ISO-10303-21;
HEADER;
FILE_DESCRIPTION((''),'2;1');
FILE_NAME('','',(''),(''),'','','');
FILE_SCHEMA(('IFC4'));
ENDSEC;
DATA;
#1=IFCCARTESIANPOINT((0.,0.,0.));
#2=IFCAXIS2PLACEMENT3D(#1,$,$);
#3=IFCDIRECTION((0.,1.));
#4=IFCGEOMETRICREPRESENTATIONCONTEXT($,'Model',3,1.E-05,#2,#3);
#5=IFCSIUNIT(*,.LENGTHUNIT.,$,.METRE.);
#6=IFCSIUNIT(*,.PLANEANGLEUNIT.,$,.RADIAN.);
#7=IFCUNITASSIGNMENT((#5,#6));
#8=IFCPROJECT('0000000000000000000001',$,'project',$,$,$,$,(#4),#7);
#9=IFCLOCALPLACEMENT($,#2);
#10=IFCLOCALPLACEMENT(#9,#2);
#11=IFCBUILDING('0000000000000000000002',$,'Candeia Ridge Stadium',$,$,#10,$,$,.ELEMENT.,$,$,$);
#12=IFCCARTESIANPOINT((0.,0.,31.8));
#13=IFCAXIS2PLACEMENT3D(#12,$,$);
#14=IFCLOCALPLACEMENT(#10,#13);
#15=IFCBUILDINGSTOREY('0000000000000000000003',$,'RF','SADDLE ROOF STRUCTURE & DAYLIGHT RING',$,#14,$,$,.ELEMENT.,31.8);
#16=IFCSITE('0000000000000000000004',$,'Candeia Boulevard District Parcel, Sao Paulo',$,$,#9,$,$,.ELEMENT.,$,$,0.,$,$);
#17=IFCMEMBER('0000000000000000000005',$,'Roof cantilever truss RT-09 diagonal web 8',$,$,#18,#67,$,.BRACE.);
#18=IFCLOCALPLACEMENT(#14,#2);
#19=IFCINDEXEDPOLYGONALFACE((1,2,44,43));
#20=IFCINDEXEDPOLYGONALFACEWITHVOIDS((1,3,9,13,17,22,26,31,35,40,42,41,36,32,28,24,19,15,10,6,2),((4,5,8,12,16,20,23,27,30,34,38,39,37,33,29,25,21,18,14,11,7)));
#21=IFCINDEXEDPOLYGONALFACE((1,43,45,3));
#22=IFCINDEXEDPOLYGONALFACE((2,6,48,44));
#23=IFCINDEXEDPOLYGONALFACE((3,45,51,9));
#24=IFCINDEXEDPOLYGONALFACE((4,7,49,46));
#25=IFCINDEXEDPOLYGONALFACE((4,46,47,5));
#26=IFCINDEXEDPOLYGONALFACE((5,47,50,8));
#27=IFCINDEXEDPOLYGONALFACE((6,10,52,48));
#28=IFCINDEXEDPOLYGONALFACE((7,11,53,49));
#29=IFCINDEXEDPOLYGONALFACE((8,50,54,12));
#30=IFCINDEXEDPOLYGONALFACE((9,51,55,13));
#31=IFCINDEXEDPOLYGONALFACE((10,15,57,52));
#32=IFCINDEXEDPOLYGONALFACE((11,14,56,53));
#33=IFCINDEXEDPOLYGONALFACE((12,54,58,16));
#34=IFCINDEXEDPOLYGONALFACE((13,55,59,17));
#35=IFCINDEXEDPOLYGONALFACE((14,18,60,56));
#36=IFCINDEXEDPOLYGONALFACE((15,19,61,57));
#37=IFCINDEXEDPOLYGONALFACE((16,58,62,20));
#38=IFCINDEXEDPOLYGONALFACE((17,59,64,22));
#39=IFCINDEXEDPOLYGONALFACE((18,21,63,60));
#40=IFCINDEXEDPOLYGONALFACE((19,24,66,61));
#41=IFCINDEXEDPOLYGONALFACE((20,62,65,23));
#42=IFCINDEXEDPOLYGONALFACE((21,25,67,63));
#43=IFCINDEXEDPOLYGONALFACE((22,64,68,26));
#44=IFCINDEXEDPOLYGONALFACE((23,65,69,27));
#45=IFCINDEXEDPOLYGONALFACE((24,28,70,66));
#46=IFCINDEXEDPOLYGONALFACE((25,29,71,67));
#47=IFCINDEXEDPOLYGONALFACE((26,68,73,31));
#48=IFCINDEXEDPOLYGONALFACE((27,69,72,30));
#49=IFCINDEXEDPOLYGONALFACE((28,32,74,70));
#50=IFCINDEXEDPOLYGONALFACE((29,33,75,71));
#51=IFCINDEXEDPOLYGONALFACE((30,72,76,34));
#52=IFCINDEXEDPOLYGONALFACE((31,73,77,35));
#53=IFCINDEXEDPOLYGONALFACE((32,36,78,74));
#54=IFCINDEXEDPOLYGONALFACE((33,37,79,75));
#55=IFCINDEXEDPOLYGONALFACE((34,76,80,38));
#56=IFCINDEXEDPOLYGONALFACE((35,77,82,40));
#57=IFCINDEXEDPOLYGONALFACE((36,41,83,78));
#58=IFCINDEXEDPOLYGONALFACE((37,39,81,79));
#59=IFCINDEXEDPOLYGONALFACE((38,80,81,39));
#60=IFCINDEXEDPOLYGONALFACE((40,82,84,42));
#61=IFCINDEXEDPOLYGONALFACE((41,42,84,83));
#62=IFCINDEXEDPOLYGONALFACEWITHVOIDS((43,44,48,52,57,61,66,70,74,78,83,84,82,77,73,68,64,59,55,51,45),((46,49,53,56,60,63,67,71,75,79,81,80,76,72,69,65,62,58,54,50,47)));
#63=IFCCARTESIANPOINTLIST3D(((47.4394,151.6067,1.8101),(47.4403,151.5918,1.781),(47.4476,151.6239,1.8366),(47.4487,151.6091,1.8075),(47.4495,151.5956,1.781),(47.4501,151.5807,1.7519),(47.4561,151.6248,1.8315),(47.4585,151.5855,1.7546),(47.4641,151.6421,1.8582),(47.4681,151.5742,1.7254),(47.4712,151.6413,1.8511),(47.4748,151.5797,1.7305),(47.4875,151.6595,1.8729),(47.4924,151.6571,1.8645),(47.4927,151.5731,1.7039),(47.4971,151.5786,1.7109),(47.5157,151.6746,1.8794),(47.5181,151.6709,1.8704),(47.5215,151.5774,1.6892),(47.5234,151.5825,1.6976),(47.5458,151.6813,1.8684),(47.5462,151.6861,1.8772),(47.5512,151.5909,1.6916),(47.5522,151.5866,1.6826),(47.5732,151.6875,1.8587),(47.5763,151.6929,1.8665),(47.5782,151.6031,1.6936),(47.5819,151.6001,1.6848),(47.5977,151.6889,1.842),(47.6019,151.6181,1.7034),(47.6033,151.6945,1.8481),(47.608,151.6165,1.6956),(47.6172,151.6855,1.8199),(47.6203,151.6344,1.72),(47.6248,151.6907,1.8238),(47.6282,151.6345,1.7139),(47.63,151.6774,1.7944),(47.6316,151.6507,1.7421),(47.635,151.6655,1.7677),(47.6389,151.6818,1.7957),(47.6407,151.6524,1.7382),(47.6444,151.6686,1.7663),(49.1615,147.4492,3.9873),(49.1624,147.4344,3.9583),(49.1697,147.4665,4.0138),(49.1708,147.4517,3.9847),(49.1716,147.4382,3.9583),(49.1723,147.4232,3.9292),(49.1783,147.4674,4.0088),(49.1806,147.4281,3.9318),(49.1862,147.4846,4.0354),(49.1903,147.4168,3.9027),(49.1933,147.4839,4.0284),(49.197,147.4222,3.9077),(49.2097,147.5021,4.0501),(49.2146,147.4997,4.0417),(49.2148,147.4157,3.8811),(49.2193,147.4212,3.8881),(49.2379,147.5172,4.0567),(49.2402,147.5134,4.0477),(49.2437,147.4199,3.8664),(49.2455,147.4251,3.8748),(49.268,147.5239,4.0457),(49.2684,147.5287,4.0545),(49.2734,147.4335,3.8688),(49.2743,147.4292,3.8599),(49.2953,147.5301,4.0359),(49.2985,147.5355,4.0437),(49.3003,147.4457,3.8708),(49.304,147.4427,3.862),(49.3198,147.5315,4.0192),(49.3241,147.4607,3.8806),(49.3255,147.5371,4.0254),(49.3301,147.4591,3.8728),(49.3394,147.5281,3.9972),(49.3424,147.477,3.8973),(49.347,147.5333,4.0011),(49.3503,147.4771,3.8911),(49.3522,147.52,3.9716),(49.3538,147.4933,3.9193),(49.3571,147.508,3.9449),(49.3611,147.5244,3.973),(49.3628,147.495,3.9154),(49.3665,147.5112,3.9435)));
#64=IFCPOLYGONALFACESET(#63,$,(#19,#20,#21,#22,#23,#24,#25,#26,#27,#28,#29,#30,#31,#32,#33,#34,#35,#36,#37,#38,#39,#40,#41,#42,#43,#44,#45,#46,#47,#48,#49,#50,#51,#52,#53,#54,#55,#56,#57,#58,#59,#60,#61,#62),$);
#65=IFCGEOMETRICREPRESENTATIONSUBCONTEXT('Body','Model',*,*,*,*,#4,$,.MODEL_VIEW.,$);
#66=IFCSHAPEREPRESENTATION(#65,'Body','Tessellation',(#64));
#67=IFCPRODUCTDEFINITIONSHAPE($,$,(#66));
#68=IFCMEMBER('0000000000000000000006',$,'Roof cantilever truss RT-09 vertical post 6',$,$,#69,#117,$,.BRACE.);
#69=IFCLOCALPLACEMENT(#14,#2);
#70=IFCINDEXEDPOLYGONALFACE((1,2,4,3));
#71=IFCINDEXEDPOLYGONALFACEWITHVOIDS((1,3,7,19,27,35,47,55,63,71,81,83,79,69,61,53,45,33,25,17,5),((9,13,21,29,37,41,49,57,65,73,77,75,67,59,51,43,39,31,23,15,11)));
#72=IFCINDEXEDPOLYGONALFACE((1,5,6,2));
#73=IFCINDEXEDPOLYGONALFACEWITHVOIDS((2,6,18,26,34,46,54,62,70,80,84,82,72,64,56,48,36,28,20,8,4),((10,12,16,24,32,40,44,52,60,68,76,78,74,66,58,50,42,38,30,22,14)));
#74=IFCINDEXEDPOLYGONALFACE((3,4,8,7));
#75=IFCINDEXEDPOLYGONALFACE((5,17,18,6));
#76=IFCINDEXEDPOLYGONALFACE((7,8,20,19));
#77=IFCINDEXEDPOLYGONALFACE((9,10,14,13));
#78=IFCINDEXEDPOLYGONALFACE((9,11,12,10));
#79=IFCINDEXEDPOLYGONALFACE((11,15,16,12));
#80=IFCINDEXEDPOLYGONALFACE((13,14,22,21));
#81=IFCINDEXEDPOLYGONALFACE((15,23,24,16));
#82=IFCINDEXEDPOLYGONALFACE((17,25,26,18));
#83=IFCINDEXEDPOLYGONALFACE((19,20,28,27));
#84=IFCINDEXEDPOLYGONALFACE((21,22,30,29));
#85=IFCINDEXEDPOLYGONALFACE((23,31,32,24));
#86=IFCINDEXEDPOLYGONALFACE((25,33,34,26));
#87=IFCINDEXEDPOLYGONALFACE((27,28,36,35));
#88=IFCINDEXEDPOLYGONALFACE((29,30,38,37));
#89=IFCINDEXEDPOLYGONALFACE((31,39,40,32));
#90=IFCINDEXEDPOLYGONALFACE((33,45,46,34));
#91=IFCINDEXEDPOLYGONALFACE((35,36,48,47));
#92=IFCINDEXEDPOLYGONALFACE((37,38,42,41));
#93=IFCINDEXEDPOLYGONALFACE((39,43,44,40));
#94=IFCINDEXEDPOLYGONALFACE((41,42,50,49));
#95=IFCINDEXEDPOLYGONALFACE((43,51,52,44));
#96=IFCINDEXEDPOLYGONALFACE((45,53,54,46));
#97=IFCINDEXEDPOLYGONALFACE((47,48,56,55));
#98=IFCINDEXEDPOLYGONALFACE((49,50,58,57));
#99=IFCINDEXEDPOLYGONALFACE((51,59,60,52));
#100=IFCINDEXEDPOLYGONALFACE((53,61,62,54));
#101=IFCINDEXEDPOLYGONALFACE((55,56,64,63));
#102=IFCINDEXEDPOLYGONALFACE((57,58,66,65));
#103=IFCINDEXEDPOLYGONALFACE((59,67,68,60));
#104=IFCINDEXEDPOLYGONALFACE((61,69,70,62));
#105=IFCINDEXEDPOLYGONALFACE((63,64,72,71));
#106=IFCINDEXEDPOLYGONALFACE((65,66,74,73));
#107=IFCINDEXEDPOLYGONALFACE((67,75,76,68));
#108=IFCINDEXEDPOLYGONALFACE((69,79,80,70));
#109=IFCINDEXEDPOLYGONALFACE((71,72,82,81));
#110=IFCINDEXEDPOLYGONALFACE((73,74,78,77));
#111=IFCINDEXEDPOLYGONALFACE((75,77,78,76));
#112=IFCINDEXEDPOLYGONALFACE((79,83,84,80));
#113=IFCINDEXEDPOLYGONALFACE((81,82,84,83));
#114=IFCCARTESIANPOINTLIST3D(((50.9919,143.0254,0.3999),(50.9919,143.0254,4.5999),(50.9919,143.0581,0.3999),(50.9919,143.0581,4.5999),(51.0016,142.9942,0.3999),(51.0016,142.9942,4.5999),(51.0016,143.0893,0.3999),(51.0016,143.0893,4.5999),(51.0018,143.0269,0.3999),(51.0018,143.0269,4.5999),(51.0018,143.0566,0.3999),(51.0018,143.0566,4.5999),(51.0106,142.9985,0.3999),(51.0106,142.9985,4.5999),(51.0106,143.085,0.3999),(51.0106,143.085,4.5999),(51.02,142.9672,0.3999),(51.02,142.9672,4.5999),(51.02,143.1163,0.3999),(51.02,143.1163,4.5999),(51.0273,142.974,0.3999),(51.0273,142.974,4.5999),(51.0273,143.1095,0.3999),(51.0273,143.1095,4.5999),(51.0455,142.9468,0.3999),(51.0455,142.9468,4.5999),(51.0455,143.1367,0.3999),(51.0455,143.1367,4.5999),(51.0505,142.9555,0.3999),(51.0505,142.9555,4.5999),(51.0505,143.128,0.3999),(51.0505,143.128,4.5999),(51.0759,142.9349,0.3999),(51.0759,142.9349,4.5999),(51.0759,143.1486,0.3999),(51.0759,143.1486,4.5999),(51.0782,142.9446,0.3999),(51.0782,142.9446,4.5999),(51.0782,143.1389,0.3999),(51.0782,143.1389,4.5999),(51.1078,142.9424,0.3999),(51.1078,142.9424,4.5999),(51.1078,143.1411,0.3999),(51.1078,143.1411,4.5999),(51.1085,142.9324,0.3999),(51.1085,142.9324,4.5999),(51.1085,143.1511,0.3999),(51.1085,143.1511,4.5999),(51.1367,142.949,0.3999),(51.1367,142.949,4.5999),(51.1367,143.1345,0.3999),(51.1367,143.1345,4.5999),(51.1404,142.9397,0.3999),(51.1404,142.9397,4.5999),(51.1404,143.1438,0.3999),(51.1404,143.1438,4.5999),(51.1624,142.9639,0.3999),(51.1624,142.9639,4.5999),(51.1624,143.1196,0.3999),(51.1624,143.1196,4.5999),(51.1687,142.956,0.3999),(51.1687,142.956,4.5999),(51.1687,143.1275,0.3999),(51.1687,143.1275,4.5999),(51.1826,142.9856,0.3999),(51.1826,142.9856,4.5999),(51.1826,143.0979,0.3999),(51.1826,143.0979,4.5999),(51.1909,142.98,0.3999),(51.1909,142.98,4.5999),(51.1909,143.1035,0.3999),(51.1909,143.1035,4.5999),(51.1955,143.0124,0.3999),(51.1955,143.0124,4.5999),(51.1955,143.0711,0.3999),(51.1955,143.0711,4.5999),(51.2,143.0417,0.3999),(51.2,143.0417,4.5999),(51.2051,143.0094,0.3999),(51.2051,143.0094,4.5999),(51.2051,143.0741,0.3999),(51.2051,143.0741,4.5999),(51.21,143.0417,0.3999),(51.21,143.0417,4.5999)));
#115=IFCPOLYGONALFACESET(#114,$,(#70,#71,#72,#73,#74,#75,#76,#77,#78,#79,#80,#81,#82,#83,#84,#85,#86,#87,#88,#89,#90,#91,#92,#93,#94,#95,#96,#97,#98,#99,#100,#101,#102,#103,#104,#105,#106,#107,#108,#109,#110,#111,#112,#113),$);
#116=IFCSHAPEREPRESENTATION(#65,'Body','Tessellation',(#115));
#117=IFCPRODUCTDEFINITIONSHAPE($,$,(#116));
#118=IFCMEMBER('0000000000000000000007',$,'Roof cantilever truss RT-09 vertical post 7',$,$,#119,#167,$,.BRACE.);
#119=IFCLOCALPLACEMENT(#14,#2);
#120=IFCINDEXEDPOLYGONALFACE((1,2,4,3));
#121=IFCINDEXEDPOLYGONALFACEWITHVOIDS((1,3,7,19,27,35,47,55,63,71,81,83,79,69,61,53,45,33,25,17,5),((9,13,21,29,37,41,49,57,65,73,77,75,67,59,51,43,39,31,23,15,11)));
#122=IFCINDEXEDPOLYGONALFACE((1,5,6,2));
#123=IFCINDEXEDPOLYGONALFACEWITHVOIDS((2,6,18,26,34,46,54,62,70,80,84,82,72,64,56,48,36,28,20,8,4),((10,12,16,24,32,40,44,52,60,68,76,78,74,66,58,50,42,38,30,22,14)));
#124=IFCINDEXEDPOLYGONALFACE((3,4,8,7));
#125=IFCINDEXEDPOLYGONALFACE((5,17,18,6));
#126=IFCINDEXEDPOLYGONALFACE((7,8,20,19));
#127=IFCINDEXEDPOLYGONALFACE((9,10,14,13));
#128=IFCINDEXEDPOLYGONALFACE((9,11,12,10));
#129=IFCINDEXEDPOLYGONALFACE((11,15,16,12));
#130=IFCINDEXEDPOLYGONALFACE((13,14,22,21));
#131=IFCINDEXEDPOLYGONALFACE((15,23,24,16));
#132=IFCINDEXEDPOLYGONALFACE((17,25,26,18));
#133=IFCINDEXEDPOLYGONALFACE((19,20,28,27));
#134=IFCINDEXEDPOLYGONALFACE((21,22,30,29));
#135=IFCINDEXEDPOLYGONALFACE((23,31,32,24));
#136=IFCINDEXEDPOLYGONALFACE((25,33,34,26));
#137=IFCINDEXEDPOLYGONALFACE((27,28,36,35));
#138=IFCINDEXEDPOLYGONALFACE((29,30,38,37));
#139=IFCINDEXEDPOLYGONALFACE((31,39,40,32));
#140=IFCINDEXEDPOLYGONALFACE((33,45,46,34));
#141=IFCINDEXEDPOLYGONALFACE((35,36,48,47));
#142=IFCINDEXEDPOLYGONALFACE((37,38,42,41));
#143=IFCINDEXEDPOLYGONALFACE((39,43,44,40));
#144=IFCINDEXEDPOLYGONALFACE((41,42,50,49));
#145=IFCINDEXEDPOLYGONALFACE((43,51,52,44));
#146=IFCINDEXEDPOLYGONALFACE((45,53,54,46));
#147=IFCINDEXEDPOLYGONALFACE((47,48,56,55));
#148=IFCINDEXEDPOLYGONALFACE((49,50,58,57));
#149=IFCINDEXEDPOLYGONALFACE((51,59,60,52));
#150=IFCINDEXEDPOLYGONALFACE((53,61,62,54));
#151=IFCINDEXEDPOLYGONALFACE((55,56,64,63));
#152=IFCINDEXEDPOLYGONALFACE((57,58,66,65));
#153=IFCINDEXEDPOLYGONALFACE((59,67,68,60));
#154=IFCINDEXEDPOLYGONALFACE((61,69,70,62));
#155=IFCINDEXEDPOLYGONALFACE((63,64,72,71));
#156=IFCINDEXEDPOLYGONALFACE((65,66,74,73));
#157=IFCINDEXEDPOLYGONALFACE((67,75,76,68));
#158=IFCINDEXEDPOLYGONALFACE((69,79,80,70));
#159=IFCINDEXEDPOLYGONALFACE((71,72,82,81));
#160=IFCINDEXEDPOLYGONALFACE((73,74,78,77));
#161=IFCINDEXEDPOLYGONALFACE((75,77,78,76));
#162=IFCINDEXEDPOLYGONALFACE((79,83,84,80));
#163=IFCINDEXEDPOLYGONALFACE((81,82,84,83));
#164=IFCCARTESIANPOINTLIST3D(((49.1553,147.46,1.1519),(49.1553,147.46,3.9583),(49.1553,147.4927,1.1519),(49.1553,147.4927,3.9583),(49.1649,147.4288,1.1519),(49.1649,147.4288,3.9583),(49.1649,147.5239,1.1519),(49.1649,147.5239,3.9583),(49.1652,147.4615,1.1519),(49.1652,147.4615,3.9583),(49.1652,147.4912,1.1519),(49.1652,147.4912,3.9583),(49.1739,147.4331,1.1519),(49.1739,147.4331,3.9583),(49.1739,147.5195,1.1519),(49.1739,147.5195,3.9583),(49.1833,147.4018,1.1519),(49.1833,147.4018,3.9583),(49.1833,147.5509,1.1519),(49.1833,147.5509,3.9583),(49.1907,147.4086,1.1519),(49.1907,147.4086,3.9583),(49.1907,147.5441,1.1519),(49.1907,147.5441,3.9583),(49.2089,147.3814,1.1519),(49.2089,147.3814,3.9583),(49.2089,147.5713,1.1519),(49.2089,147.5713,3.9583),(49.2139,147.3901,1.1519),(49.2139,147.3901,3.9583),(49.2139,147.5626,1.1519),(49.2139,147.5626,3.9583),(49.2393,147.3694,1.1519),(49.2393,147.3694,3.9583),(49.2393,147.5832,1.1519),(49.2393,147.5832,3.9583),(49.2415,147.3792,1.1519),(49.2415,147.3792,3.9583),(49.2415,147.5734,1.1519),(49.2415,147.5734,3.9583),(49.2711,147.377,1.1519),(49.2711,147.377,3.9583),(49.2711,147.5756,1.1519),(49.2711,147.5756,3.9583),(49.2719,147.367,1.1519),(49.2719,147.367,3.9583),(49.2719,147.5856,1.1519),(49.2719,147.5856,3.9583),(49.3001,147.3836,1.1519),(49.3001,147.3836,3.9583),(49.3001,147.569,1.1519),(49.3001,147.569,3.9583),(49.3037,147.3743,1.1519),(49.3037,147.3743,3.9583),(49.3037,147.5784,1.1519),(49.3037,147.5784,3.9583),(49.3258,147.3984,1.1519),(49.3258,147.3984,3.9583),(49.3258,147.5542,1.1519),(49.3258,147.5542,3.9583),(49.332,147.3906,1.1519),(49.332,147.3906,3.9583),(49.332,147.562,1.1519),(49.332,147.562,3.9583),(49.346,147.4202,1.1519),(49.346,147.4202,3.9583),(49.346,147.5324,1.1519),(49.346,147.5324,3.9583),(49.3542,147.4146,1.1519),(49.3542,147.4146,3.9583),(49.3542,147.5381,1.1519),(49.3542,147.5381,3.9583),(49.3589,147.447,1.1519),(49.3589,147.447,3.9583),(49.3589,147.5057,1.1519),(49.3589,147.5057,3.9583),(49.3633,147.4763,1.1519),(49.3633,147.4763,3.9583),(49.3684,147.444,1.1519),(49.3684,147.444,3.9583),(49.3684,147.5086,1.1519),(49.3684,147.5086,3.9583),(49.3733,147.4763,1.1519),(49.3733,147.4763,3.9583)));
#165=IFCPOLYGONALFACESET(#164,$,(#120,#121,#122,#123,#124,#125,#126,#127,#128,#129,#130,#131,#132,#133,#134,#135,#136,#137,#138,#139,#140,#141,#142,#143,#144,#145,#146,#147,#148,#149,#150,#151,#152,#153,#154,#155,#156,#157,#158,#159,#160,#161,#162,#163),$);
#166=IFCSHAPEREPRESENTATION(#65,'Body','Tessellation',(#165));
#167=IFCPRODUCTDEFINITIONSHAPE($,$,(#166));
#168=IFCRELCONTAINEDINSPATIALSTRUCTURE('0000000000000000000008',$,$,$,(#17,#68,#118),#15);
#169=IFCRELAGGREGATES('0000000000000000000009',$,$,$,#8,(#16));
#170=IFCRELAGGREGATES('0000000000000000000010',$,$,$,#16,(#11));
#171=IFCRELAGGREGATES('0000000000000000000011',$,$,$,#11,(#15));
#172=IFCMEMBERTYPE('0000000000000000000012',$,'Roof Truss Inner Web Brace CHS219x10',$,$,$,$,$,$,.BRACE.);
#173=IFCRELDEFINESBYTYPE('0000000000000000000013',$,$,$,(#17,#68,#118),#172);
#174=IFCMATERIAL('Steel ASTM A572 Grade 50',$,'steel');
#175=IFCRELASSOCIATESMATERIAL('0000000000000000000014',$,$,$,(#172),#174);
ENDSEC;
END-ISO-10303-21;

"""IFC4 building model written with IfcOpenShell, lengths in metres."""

from ifc_helpers import new_model, si_unit, direction, frame, origin, origin_2d, place, context, subcontext, project, spatial, hollow_circle, extrude, material, material_profile, profile_set, type_object, element, save


model = new_model("IFC4")

# Units and contexts
model_context = context("Model", 3, precision=1e-05, world=origin(), true_north=direction((0.0, 1.0)))
body_context = subcontext(model_context, "Body", "Model", "MODEL_VIEW")
ifc_project = project(units=[si_unit("LENGTHUNIT", "METRE"), si_unit("PLANEANGLEUNIT", "RADIAN")], contexts=[model_context])

# Site, building, storey
site_placement = place(None, origin())
site = spatial("IfcSite", under=ifc_project, at=site_placement, Name="Candeia Boulevard District Parcel, Sao Paulo", CompositionType="ELEMENT", RefElevation=0.0)
building_placement = place(site_placement, origin())
building = spatial("IfcBuilding", under=site, at=building_placement, Name="Candeia Ridge Stadium", CompositionType="ELEMENT")
storey_placement = place(building_placement, frame((0.0, 0.0, 31.8)))
storey = spatial("IfcBuildingStorey", under=building, at=storey_placement, Name="RF", Description="SADDLE ROOF STRUCTURE & DAYLIGHT RING", CompositionType="ELEMENT", Elevation=31.8)

# Shared definitions
ifc_material_1 = material(Name="Steel ASTM A572 Grade 50", Category="steel")

# Members
ifc_material_profile_1 = material_profile(ifc_material_1, hollow_circle(Radius=0.1096, WallThickness=0.01, at=origin_2d()), Name="CHS219x10", Category="steel")
ifc_profile_set_1 = profile_set([ifc_material_profile_1], Name="Steel ASTM A572 Grade 50")
member_type_1 = type_object("IfcMemberType", Name="Roof Truss Inner Web Brace CHS219x10", PredefinedType="BRACE", material=ifc_profile_set_1)
member_1_placement = place(storey_placement, frame((49.2637, 147.4763, 3.9583), z_axis=(-0.344497, 0.831647, -0.435529), x_axis=(-0.923873, -0.3827, 0.0)))
element("IfcMember", 1, at=member_1_placement, inside=storey, type_object=member_type_1, Name="Roof cantilever truss RT-09 diagonal web 8", PredefinedType="BRACE", context=body_context, shape_type="SweptSolid", body=[
    extrude(hollow_circle(Radius=0.1096, WallThickness=0.01, at=origin_2d()), origin(), (0.0, 0.0, 1.0), 4.999),
])
member_2_placement = place(storey_placement, frame((51.1003, 143.0417, 0.3999), z_axis=(0.0, 0.0, 1.0), x_axis=(1.0, 0.0, 0.0)))
element("IfcMember", 2, at=member_2_placement, inside=storey, type_object=member_type_1, Name="Roof cantilever truss RT-09 vertical post 6", PredefinedType="BRACE", context=body_context, shape_type="SweptSolid", body=[
    extrude(hollow_circle(Radius=0.1096, WallThickness=0.01, at=origin_2d()), origin(), (0.0, 0.0, 1.0), 4.2),
])
member_3_placement = place(storey_placement, frame((49.2637, 147.4763, 1.1519), z_axis=(0.0, 0.0, 1.0), x_axis=(1.0, 0.0, 0.0)))
element("IfcMember", 3, at=member_3_placement, inside=storey, type_object=member_type_1, Name="Roof cantilever truss RT-09 vertical post 7", PredefinedType="BRACE", context=body_context, shape_type="SweptSolid", body=[
    extrude(hollow_circle(Radius=0.1096, WallThickness=0.01, at=origin_2d()), origin(), (0.0, 0.0, 1.0), 2.8064),
])

save(model, "model.ifc")
